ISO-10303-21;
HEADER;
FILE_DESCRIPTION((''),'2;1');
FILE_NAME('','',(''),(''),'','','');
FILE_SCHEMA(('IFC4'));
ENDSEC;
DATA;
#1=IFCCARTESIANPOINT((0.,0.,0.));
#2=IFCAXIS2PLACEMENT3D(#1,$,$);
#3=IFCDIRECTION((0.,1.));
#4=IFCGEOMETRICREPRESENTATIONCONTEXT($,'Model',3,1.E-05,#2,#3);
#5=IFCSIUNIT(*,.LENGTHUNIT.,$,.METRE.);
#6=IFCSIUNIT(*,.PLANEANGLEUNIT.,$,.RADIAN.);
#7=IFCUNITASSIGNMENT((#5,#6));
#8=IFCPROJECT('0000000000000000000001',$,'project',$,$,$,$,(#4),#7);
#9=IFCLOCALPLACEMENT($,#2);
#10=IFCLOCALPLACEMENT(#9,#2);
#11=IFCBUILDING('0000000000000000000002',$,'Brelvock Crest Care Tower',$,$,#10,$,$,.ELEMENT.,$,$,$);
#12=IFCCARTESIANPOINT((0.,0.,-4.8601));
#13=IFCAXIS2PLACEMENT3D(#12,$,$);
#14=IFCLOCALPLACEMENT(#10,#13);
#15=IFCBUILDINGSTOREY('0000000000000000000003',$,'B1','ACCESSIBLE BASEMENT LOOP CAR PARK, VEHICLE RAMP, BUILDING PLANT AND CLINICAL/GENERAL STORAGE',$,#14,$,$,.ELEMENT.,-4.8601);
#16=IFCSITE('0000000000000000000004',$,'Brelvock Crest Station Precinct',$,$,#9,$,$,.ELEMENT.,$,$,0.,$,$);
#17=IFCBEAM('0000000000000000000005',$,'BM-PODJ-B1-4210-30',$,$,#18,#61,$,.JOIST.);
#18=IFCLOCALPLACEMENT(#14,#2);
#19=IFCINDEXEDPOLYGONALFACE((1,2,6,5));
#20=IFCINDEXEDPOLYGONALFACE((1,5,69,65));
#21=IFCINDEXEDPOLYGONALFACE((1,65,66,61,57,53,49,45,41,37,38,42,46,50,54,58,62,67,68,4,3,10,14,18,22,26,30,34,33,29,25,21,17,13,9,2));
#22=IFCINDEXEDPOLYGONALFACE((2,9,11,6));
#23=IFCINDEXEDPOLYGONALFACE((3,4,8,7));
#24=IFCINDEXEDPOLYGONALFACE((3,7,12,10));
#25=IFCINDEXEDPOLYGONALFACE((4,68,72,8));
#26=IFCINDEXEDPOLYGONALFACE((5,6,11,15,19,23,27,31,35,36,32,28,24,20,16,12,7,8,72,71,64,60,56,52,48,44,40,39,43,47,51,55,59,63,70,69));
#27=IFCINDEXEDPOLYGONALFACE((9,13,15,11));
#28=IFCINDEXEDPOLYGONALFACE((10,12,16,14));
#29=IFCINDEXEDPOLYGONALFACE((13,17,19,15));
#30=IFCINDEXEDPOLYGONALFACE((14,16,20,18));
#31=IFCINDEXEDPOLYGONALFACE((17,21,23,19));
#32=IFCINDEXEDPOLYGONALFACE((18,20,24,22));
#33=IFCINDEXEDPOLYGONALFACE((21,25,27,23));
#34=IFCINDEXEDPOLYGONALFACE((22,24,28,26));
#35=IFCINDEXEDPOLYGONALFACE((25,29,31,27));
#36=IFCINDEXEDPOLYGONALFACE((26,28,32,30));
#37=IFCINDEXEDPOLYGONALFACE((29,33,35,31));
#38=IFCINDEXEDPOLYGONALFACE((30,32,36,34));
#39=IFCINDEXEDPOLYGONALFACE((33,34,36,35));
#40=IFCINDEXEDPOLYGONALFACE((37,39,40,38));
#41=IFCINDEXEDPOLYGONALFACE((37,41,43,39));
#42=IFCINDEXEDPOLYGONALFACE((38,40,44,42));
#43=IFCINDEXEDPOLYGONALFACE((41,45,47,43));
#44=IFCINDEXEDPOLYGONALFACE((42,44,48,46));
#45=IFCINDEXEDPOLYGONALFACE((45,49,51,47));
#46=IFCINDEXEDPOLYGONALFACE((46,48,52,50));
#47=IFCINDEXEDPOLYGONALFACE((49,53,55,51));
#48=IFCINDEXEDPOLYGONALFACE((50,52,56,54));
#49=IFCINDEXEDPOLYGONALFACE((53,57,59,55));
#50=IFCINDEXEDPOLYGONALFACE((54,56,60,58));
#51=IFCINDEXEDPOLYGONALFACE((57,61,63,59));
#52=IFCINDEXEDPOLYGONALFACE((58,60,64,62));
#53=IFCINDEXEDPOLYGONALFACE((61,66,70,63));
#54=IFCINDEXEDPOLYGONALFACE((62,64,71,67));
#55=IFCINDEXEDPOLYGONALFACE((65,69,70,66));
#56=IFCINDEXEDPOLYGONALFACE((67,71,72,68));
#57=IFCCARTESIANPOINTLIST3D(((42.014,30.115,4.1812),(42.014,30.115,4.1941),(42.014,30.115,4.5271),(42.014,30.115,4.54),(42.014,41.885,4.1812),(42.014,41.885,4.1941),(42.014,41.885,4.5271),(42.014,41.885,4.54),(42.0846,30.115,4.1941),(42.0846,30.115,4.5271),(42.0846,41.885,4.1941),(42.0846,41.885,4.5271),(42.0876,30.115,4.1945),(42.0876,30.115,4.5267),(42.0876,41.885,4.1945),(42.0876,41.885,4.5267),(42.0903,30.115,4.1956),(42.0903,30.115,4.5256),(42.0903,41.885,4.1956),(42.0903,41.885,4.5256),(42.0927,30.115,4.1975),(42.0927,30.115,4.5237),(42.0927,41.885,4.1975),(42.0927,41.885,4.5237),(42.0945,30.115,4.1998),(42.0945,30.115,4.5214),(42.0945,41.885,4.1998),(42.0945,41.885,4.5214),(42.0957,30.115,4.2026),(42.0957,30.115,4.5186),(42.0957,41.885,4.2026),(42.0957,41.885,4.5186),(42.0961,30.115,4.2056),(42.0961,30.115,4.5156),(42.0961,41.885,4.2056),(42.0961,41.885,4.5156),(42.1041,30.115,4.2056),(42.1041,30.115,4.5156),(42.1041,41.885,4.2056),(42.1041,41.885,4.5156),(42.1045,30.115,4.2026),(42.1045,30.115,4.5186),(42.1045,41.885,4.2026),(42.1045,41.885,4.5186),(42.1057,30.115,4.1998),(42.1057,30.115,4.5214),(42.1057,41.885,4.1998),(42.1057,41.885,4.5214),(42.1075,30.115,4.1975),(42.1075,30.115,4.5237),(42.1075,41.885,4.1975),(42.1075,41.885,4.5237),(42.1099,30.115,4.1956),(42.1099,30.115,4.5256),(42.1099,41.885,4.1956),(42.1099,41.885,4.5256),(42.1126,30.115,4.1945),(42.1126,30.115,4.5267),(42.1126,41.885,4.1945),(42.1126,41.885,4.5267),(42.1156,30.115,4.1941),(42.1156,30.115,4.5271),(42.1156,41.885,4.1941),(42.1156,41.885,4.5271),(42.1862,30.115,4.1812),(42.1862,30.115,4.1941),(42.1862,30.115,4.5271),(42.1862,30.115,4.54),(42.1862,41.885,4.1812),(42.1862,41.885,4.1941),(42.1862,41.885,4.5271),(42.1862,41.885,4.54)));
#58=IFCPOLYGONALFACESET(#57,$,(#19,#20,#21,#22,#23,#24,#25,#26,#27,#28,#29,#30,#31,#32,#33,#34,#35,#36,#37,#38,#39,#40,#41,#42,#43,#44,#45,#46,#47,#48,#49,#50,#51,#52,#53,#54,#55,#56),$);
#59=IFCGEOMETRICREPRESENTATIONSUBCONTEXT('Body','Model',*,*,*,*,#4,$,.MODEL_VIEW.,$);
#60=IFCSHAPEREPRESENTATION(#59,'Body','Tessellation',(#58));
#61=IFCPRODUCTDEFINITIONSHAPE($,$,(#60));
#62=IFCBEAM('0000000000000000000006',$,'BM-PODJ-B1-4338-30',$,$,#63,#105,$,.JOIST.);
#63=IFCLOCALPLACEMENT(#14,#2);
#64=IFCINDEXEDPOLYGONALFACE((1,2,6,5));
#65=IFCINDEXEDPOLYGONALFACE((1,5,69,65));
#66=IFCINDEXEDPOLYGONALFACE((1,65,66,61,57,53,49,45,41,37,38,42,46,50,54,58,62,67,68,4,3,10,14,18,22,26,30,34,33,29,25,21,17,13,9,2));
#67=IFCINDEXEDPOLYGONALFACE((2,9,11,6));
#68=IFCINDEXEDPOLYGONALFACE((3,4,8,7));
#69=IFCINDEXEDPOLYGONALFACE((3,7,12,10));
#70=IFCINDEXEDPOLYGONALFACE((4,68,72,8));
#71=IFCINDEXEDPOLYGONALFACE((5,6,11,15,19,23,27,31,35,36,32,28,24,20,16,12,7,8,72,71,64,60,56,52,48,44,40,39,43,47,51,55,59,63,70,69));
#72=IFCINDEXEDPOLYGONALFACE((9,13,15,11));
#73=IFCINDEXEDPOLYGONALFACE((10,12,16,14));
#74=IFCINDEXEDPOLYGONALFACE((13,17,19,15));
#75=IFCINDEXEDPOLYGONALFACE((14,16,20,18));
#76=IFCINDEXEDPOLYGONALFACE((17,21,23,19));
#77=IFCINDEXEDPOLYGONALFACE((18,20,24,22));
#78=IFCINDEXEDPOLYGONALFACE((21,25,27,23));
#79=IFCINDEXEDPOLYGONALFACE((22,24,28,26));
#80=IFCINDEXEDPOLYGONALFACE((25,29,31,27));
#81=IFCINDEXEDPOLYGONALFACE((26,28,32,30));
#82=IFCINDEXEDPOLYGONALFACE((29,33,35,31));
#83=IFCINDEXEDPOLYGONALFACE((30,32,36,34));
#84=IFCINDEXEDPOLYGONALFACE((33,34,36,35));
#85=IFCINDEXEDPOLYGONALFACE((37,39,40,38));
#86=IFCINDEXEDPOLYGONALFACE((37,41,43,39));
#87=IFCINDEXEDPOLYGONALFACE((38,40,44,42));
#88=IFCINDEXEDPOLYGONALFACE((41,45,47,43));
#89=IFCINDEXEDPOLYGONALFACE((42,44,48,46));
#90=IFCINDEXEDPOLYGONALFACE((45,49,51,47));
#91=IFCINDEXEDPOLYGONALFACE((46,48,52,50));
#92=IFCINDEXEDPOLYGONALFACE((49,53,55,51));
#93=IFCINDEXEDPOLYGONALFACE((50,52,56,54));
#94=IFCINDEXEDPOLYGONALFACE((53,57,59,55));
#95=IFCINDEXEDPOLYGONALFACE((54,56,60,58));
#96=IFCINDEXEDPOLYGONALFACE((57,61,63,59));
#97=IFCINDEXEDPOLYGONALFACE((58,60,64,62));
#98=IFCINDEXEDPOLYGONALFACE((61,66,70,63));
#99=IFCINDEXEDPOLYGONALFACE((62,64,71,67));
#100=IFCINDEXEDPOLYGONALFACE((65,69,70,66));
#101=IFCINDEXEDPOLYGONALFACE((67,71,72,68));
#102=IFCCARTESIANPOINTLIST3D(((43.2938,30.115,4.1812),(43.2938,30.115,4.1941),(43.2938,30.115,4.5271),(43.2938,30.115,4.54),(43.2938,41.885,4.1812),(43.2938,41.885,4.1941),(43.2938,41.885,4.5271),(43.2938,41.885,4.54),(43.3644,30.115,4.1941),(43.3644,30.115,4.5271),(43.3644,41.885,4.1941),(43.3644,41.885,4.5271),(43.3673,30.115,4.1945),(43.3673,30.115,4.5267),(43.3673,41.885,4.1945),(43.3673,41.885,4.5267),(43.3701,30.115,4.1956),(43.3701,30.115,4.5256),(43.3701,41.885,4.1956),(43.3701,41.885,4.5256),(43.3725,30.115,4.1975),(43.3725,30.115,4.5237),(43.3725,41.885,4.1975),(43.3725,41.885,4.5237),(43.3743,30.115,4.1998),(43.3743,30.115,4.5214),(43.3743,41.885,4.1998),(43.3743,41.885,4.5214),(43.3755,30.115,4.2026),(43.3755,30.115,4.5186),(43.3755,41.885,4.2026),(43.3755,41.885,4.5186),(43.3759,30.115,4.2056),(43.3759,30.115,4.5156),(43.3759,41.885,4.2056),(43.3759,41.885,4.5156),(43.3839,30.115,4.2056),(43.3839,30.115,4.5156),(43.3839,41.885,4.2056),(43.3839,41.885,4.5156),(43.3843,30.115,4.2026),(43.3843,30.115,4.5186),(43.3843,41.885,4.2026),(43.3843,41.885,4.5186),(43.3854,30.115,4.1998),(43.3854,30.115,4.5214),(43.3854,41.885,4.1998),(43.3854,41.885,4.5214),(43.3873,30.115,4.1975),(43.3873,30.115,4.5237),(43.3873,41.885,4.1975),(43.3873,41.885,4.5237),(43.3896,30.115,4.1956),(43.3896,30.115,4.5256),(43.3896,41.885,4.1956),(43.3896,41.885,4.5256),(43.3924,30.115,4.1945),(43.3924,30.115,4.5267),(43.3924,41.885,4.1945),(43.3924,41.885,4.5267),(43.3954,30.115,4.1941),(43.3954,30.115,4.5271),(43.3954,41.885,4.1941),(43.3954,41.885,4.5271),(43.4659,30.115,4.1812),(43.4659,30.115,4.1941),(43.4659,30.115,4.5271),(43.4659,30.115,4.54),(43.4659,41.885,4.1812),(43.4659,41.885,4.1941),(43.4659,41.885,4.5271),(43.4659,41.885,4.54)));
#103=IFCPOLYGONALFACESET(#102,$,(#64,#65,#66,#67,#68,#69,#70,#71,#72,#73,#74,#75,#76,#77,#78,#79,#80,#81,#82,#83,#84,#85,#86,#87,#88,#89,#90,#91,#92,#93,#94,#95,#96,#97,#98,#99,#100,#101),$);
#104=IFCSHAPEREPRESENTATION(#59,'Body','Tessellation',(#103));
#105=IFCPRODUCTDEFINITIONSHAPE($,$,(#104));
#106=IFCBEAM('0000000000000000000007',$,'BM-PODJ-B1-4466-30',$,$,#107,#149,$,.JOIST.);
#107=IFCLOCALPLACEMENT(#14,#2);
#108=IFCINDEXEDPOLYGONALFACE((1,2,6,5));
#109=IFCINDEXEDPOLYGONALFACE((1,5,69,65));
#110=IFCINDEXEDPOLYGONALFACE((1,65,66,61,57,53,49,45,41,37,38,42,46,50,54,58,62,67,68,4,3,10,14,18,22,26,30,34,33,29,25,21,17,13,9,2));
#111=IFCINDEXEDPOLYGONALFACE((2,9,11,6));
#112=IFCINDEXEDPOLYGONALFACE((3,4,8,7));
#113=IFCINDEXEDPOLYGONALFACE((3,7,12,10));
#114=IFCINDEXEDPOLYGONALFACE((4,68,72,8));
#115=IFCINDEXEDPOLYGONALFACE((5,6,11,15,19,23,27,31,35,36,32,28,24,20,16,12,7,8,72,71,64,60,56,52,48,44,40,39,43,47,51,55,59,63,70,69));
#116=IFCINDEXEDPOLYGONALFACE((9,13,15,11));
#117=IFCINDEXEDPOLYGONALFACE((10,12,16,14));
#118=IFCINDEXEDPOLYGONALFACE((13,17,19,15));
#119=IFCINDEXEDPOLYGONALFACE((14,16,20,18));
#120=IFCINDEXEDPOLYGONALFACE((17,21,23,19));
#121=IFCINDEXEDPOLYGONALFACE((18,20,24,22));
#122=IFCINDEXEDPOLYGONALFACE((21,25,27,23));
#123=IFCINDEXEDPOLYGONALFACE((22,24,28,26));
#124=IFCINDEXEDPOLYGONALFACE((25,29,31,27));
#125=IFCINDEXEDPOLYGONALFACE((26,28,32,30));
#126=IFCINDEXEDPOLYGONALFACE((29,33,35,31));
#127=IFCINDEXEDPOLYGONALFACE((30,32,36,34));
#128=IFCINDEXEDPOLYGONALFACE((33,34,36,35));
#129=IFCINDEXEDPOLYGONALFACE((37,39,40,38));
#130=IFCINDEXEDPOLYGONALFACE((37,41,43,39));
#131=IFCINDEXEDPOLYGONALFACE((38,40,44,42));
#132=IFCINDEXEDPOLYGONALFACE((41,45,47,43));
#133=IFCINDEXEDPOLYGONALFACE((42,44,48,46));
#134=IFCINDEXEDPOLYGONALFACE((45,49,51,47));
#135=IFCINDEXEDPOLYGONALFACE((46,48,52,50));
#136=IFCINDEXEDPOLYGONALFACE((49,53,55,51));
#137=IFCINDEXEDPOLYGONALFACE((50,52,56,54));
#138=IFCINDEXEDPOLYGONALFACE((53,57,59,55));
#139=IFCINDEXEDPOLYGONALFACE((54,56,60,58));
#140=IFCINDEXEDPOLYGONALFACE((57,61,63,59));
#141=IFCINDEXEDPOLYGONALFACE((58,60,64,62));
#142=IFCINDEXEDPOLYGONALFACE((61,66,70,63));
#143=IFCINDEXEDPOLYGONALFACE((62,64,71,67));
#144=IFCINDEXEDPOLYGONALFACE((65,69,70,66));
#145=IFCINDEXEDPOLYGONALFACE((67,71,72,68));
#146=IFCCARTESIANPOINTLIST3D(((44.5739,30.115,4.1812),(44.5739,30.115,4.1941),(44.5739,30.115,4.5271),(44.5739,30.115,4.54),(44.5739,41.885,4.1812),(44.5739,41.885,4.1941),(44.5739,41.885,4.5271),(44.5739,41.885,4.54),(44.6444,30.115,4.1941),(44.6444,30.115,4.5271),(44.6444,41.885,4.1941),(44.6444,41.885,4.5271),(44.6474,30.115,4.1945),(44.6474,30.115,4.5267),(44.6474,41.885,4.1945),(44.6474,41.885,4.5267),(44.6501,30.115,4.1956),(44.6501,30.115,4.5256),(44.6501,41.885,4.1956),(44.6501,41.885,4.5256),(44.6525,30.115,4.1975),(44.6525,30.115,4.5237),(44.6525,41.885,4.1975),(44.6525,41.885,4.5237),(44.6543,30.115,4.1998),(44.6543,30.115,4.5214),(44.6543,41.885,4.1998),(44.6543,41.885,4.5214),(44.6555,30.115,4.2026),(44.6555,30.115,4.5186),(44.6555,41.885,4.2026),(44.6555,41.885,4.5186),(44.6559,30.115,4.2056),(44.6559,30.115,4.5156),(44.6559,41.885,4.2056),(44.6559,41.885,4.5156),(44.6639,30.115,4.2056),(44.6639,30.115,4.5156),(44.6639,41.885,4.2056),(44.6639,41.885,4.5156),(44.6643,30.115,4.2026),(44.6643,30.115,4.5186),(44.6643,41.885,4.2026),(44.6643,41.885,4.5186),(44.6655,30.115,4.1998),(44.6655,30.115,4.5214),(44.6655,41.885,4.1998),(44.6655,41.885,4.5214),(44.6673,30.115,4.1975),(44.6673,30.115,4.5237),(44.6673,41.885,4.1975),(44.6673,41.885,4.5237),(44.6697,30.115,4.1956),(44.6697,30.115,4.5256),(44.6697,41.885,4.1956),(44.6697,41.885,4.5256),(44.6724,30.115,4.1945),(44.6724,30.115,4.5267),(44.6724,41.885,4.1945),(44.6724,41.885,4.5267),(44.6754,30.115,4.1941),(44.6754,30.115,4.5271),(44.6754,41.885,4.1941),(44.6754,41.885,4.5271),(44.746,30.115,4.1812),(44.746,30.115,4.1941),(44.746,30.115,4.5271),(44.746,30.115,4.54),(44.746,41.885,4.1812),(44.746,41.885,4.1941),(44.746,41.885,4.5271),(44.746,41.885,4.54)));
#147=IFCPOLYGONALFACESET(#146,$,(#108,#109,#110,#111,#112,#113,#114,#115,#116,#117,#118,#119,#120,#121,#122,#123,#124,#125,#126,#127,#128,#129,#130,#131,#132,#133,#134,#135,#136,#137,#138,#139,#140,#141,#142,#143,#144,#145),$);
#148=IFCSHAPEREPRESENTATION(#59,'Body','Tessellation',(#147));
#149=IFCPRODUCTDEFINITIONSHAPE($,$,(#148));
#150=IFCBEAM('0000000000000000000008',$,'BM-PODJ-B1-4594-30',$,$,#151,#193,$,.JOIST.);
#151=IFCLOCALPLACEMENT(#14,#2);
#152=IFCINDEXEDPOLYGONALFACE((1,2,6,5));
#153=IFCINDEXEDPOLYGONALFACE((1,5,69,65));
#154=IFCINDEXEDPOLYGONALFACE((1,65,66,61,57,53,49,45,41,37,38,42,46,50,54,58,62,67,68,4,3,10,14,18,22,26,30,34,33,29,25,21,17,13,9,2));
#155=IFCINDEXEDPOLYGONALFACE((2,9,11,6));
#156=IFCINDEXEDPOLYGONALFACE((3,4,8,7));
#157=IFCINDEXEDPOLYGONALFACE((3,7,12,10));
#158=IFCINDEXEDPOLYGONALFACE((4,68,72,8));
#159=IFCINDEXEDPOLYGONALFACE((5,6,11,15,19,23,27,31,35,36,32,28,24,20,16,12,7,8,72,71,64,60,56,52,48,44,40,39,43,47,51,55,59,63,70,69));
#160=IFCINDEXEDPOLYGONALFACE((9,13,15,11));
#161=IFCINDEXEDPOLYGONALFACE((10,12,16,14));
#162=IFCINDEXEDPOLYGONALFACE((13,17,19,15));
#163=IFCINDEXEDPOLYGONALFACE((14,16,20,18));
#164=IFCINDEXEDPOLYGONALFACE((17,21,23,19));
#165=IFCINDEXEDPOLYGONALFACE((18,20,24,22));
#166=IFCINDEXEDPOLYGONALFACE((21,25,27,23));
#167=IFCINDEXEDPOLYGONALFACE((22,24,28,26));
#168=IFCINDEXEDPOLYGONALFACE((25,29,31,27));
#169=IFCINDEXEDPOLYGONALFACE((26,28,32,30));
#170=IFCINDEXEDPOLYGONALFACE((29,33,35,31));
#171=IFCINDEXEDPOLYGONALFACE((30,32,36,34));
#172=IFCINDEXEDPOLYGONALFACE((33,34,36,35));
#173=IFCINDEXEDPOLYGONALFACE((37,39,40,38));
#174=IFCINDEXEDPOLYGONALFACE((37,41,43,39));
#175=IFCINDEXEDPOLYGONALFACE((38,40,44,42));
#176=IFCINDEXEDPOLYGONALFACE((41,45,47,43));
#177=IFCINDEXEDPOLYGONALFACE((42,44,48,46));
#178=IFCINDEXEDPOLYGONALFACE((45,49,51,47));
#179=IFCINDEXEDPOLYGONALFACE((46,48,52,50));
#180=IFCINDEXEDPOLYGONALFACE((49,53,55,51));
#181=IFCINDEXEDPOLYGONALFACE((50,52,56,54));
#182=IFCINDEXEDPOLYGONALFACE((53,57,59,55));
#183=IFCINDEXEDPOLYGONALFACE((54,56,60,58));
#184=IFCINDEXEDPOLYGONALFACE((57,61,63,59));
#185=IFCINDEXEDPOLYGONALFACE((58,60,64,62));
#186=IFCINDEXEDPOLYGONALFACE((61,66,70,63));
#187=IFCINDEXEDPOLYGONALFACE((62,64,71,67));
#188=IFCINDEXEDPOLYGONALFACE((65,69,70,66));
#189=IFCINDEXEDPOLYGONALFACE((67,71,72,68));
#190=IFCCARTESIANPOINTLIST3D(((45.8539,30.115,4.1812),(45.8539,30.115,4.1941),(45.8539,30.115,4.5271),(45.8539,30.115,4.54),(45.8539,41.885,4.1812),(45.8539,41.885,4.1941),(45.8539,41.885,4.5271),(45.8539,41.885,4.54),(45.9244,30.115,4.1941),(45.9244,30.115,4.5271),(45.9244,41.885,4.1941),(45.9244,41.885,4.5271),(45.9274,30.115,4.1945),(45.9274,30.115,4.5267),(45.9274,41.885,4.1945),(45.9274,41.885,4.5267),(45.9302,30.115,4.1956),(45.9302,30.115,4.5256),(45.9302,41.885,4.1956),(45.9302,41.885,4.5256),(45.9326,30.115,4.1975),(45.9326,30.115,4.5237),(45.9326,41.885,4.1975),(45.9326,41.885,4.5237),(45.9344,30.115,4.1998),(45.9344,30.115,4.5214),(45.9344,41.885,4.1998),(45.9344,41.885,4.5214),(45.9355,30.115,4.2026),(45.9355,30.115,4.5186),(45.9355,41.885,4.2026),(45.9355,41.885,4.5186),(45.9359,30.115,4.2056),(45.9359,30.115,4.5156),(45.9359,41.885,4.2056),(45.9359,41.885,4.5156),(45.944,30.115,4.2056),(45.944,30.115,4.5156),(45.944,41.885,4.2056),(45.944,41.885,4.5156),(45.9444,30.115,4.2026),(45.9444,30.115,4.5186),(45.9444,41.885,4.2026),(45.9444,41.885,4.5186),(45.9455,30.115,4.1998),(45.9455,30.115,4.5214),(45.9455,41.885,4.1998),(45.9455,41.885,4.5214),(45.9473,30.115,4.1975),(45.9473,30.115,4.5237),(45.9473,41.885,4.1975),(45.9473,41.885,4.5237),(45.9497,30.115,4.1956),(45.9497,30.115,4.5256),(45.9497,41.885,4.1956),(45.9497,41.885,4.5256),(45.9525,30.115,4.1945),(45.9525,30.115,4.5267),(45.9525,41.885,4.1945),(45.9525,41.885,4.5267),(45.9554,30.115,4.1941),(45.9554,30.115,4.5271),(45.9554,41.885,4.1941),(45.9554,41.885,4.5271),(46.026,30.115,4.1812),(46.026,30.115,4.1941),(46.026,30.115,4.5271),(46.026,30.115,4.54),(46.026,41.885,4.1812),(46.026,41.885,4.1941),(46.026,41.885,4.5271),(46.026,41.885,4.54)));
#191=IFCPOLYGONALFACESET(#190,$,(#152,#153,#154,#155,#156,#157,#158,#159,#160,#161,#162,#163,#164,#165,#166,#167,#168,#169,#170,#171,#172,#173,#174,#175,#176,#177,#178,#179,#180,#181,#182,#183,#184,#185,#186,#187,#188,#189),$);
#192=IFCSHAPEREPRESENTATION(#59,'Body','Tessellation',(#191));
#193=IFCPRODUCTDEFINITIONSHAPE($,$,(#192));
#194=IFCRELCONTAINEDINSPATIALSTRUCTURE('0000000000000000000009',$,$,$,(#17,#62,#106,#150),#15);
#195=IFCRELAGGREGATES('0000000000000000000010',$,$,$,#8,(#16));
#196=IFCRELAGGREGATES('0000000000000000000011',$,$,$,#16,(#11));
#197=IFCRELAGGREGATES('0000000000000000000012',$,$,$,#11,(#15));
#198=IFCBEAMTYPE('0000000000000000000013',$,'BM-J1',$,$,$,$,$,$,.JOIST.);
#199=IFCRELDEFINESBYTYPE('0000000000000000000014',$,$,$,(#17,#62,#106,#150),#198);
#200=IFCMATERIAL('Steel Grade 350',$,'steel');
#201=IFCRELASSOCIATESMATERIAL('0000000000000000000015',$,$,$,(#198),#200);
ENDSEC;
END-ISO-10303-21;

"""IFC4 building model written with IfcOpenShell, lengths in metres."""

from ifc_helpers import new_model, si_unit, direction, frame, origin, origin_2d, place, context, subcontext, project, spatial, i_section, extrude, source, transform, mapped, material, material_profile, profile_set, type_object, element, save


model = new_model("IFC4")

# Units and contexts
model_context = context("Model", 3, precision=1e-05, world=origin(), true_north=direction((0.0, 1.0)))
body_context = subcontext(model_context, "Body", "Model", "MODEL_VIEW")
ifc_project = project(units=[si_unit("LENGTHUNIT", "METRE"), si_unit("PLANEANGLEUNIT", "RADIAN")], contexts=[model_context])

# Site, building, storey
site_placement = place(None, origin())
site = spatial("IfcSite", under=ifc_project, at=site_placement, Name="Brelvock Crest Station Precinct", CompositionType="ELEMENT", RefElevation=0.0)
building_placement = place(site_placement, origin())
building = spatial("IfcBuilding", under=site, at=building_placement, Name="Brelvock Crest Care Tower", CompositionType="ELEMENT")
storey_placement = place(building_placement, frame((0.0, 0.0, -4.8601)))
storey = spatial("IfcBuildingStorey", under=building, at=storey_placement, Name="B1", Description="ACCESSIBLE BASEMENT LOOP CAR PARK, VEHICLE RAMP, BUILDING PLANT AND CLINICAL/GENERAL STORAGE", CompositionType="ELEMENT", Elevation=-4.8601)

# Shared definitions
ifc_material_1 = material(Name="Steel Grade 350", Category="steel")

# Beams
ifc_material_profile_1 = material_profile(ifc_material_1, i_section(OverallWidth=0.1721, OverallDepth=0.3589, WebThickness=0.0081, FlangeThickness=0.0129, FilletRadius=0.0115, at=origin_2d()), Name="360UB56.7")
ifc_profile_set_1 = profile_set([ifc_material_profile_1], Name="Steel Grade 350")
beam_type_1 = type_object("IfcBeamType", Name="BM-J1", PredefinedType="JOIST", material=ifc_profile_set_1)
shared_shape_1 = source(origin(), body_context, "Body", "SweptSolid", [
    extrude(i_section(OverallWidth=0.1721, OverallDepth=0.3589, WebThickness=0.0081, FlangeThickness=0.0129, FilletRadius=0.0115, at=origin_2d()), origin(), (0.0, 0.0, 1.0), 11.77),
])
for number, where, z_axis, x_axis, name in (
    (1, (42.1001, 30.115, 4.3606), (0.0, 1.0, 0.0), (-1.0, 0.0, 0.0), "BM-PODJ-B1-4210-30"),
    (2, (43.3799, 30.115, 4.3606), (0.0, 1.0, 0.0), (-1.0, 0.0, 0.0), "BM-PODJ-B1-4338-30"),
    (3, (44.6599, 30.115, 4.3606), (0.0, 1.0, 0.0), (-1.0, 0.0, 0.0), "BM-PODJ-B1-4466-30"),
    (4, (45.9399, 30.115, 4.3606), (0.0, 1.0, 0.0), (-1.0, 0.0, 0.0), "BM-PODJ-B1-4594-30"),
):
    element("IfcBeam", number, at=place(storey_placement, frame(where, z_axis=z_axis, x_axis=x_axis)), inside=storey, type_object=beam_type_1, Name=name, PredefinedType="JOIST", context=body_context, shape_type="MappedRepresentation", body=[
        mapped(shared_shape_1, transform((0.0, 0.0, 0.0), x_axis=(1.0, 0.0, 0.0), y_axis=(0.0, 1.0, 0.0), z_axis=(0.0, 0.0, 1.0), scale=1.0)),
    ])

save(model, "model.ifc")
